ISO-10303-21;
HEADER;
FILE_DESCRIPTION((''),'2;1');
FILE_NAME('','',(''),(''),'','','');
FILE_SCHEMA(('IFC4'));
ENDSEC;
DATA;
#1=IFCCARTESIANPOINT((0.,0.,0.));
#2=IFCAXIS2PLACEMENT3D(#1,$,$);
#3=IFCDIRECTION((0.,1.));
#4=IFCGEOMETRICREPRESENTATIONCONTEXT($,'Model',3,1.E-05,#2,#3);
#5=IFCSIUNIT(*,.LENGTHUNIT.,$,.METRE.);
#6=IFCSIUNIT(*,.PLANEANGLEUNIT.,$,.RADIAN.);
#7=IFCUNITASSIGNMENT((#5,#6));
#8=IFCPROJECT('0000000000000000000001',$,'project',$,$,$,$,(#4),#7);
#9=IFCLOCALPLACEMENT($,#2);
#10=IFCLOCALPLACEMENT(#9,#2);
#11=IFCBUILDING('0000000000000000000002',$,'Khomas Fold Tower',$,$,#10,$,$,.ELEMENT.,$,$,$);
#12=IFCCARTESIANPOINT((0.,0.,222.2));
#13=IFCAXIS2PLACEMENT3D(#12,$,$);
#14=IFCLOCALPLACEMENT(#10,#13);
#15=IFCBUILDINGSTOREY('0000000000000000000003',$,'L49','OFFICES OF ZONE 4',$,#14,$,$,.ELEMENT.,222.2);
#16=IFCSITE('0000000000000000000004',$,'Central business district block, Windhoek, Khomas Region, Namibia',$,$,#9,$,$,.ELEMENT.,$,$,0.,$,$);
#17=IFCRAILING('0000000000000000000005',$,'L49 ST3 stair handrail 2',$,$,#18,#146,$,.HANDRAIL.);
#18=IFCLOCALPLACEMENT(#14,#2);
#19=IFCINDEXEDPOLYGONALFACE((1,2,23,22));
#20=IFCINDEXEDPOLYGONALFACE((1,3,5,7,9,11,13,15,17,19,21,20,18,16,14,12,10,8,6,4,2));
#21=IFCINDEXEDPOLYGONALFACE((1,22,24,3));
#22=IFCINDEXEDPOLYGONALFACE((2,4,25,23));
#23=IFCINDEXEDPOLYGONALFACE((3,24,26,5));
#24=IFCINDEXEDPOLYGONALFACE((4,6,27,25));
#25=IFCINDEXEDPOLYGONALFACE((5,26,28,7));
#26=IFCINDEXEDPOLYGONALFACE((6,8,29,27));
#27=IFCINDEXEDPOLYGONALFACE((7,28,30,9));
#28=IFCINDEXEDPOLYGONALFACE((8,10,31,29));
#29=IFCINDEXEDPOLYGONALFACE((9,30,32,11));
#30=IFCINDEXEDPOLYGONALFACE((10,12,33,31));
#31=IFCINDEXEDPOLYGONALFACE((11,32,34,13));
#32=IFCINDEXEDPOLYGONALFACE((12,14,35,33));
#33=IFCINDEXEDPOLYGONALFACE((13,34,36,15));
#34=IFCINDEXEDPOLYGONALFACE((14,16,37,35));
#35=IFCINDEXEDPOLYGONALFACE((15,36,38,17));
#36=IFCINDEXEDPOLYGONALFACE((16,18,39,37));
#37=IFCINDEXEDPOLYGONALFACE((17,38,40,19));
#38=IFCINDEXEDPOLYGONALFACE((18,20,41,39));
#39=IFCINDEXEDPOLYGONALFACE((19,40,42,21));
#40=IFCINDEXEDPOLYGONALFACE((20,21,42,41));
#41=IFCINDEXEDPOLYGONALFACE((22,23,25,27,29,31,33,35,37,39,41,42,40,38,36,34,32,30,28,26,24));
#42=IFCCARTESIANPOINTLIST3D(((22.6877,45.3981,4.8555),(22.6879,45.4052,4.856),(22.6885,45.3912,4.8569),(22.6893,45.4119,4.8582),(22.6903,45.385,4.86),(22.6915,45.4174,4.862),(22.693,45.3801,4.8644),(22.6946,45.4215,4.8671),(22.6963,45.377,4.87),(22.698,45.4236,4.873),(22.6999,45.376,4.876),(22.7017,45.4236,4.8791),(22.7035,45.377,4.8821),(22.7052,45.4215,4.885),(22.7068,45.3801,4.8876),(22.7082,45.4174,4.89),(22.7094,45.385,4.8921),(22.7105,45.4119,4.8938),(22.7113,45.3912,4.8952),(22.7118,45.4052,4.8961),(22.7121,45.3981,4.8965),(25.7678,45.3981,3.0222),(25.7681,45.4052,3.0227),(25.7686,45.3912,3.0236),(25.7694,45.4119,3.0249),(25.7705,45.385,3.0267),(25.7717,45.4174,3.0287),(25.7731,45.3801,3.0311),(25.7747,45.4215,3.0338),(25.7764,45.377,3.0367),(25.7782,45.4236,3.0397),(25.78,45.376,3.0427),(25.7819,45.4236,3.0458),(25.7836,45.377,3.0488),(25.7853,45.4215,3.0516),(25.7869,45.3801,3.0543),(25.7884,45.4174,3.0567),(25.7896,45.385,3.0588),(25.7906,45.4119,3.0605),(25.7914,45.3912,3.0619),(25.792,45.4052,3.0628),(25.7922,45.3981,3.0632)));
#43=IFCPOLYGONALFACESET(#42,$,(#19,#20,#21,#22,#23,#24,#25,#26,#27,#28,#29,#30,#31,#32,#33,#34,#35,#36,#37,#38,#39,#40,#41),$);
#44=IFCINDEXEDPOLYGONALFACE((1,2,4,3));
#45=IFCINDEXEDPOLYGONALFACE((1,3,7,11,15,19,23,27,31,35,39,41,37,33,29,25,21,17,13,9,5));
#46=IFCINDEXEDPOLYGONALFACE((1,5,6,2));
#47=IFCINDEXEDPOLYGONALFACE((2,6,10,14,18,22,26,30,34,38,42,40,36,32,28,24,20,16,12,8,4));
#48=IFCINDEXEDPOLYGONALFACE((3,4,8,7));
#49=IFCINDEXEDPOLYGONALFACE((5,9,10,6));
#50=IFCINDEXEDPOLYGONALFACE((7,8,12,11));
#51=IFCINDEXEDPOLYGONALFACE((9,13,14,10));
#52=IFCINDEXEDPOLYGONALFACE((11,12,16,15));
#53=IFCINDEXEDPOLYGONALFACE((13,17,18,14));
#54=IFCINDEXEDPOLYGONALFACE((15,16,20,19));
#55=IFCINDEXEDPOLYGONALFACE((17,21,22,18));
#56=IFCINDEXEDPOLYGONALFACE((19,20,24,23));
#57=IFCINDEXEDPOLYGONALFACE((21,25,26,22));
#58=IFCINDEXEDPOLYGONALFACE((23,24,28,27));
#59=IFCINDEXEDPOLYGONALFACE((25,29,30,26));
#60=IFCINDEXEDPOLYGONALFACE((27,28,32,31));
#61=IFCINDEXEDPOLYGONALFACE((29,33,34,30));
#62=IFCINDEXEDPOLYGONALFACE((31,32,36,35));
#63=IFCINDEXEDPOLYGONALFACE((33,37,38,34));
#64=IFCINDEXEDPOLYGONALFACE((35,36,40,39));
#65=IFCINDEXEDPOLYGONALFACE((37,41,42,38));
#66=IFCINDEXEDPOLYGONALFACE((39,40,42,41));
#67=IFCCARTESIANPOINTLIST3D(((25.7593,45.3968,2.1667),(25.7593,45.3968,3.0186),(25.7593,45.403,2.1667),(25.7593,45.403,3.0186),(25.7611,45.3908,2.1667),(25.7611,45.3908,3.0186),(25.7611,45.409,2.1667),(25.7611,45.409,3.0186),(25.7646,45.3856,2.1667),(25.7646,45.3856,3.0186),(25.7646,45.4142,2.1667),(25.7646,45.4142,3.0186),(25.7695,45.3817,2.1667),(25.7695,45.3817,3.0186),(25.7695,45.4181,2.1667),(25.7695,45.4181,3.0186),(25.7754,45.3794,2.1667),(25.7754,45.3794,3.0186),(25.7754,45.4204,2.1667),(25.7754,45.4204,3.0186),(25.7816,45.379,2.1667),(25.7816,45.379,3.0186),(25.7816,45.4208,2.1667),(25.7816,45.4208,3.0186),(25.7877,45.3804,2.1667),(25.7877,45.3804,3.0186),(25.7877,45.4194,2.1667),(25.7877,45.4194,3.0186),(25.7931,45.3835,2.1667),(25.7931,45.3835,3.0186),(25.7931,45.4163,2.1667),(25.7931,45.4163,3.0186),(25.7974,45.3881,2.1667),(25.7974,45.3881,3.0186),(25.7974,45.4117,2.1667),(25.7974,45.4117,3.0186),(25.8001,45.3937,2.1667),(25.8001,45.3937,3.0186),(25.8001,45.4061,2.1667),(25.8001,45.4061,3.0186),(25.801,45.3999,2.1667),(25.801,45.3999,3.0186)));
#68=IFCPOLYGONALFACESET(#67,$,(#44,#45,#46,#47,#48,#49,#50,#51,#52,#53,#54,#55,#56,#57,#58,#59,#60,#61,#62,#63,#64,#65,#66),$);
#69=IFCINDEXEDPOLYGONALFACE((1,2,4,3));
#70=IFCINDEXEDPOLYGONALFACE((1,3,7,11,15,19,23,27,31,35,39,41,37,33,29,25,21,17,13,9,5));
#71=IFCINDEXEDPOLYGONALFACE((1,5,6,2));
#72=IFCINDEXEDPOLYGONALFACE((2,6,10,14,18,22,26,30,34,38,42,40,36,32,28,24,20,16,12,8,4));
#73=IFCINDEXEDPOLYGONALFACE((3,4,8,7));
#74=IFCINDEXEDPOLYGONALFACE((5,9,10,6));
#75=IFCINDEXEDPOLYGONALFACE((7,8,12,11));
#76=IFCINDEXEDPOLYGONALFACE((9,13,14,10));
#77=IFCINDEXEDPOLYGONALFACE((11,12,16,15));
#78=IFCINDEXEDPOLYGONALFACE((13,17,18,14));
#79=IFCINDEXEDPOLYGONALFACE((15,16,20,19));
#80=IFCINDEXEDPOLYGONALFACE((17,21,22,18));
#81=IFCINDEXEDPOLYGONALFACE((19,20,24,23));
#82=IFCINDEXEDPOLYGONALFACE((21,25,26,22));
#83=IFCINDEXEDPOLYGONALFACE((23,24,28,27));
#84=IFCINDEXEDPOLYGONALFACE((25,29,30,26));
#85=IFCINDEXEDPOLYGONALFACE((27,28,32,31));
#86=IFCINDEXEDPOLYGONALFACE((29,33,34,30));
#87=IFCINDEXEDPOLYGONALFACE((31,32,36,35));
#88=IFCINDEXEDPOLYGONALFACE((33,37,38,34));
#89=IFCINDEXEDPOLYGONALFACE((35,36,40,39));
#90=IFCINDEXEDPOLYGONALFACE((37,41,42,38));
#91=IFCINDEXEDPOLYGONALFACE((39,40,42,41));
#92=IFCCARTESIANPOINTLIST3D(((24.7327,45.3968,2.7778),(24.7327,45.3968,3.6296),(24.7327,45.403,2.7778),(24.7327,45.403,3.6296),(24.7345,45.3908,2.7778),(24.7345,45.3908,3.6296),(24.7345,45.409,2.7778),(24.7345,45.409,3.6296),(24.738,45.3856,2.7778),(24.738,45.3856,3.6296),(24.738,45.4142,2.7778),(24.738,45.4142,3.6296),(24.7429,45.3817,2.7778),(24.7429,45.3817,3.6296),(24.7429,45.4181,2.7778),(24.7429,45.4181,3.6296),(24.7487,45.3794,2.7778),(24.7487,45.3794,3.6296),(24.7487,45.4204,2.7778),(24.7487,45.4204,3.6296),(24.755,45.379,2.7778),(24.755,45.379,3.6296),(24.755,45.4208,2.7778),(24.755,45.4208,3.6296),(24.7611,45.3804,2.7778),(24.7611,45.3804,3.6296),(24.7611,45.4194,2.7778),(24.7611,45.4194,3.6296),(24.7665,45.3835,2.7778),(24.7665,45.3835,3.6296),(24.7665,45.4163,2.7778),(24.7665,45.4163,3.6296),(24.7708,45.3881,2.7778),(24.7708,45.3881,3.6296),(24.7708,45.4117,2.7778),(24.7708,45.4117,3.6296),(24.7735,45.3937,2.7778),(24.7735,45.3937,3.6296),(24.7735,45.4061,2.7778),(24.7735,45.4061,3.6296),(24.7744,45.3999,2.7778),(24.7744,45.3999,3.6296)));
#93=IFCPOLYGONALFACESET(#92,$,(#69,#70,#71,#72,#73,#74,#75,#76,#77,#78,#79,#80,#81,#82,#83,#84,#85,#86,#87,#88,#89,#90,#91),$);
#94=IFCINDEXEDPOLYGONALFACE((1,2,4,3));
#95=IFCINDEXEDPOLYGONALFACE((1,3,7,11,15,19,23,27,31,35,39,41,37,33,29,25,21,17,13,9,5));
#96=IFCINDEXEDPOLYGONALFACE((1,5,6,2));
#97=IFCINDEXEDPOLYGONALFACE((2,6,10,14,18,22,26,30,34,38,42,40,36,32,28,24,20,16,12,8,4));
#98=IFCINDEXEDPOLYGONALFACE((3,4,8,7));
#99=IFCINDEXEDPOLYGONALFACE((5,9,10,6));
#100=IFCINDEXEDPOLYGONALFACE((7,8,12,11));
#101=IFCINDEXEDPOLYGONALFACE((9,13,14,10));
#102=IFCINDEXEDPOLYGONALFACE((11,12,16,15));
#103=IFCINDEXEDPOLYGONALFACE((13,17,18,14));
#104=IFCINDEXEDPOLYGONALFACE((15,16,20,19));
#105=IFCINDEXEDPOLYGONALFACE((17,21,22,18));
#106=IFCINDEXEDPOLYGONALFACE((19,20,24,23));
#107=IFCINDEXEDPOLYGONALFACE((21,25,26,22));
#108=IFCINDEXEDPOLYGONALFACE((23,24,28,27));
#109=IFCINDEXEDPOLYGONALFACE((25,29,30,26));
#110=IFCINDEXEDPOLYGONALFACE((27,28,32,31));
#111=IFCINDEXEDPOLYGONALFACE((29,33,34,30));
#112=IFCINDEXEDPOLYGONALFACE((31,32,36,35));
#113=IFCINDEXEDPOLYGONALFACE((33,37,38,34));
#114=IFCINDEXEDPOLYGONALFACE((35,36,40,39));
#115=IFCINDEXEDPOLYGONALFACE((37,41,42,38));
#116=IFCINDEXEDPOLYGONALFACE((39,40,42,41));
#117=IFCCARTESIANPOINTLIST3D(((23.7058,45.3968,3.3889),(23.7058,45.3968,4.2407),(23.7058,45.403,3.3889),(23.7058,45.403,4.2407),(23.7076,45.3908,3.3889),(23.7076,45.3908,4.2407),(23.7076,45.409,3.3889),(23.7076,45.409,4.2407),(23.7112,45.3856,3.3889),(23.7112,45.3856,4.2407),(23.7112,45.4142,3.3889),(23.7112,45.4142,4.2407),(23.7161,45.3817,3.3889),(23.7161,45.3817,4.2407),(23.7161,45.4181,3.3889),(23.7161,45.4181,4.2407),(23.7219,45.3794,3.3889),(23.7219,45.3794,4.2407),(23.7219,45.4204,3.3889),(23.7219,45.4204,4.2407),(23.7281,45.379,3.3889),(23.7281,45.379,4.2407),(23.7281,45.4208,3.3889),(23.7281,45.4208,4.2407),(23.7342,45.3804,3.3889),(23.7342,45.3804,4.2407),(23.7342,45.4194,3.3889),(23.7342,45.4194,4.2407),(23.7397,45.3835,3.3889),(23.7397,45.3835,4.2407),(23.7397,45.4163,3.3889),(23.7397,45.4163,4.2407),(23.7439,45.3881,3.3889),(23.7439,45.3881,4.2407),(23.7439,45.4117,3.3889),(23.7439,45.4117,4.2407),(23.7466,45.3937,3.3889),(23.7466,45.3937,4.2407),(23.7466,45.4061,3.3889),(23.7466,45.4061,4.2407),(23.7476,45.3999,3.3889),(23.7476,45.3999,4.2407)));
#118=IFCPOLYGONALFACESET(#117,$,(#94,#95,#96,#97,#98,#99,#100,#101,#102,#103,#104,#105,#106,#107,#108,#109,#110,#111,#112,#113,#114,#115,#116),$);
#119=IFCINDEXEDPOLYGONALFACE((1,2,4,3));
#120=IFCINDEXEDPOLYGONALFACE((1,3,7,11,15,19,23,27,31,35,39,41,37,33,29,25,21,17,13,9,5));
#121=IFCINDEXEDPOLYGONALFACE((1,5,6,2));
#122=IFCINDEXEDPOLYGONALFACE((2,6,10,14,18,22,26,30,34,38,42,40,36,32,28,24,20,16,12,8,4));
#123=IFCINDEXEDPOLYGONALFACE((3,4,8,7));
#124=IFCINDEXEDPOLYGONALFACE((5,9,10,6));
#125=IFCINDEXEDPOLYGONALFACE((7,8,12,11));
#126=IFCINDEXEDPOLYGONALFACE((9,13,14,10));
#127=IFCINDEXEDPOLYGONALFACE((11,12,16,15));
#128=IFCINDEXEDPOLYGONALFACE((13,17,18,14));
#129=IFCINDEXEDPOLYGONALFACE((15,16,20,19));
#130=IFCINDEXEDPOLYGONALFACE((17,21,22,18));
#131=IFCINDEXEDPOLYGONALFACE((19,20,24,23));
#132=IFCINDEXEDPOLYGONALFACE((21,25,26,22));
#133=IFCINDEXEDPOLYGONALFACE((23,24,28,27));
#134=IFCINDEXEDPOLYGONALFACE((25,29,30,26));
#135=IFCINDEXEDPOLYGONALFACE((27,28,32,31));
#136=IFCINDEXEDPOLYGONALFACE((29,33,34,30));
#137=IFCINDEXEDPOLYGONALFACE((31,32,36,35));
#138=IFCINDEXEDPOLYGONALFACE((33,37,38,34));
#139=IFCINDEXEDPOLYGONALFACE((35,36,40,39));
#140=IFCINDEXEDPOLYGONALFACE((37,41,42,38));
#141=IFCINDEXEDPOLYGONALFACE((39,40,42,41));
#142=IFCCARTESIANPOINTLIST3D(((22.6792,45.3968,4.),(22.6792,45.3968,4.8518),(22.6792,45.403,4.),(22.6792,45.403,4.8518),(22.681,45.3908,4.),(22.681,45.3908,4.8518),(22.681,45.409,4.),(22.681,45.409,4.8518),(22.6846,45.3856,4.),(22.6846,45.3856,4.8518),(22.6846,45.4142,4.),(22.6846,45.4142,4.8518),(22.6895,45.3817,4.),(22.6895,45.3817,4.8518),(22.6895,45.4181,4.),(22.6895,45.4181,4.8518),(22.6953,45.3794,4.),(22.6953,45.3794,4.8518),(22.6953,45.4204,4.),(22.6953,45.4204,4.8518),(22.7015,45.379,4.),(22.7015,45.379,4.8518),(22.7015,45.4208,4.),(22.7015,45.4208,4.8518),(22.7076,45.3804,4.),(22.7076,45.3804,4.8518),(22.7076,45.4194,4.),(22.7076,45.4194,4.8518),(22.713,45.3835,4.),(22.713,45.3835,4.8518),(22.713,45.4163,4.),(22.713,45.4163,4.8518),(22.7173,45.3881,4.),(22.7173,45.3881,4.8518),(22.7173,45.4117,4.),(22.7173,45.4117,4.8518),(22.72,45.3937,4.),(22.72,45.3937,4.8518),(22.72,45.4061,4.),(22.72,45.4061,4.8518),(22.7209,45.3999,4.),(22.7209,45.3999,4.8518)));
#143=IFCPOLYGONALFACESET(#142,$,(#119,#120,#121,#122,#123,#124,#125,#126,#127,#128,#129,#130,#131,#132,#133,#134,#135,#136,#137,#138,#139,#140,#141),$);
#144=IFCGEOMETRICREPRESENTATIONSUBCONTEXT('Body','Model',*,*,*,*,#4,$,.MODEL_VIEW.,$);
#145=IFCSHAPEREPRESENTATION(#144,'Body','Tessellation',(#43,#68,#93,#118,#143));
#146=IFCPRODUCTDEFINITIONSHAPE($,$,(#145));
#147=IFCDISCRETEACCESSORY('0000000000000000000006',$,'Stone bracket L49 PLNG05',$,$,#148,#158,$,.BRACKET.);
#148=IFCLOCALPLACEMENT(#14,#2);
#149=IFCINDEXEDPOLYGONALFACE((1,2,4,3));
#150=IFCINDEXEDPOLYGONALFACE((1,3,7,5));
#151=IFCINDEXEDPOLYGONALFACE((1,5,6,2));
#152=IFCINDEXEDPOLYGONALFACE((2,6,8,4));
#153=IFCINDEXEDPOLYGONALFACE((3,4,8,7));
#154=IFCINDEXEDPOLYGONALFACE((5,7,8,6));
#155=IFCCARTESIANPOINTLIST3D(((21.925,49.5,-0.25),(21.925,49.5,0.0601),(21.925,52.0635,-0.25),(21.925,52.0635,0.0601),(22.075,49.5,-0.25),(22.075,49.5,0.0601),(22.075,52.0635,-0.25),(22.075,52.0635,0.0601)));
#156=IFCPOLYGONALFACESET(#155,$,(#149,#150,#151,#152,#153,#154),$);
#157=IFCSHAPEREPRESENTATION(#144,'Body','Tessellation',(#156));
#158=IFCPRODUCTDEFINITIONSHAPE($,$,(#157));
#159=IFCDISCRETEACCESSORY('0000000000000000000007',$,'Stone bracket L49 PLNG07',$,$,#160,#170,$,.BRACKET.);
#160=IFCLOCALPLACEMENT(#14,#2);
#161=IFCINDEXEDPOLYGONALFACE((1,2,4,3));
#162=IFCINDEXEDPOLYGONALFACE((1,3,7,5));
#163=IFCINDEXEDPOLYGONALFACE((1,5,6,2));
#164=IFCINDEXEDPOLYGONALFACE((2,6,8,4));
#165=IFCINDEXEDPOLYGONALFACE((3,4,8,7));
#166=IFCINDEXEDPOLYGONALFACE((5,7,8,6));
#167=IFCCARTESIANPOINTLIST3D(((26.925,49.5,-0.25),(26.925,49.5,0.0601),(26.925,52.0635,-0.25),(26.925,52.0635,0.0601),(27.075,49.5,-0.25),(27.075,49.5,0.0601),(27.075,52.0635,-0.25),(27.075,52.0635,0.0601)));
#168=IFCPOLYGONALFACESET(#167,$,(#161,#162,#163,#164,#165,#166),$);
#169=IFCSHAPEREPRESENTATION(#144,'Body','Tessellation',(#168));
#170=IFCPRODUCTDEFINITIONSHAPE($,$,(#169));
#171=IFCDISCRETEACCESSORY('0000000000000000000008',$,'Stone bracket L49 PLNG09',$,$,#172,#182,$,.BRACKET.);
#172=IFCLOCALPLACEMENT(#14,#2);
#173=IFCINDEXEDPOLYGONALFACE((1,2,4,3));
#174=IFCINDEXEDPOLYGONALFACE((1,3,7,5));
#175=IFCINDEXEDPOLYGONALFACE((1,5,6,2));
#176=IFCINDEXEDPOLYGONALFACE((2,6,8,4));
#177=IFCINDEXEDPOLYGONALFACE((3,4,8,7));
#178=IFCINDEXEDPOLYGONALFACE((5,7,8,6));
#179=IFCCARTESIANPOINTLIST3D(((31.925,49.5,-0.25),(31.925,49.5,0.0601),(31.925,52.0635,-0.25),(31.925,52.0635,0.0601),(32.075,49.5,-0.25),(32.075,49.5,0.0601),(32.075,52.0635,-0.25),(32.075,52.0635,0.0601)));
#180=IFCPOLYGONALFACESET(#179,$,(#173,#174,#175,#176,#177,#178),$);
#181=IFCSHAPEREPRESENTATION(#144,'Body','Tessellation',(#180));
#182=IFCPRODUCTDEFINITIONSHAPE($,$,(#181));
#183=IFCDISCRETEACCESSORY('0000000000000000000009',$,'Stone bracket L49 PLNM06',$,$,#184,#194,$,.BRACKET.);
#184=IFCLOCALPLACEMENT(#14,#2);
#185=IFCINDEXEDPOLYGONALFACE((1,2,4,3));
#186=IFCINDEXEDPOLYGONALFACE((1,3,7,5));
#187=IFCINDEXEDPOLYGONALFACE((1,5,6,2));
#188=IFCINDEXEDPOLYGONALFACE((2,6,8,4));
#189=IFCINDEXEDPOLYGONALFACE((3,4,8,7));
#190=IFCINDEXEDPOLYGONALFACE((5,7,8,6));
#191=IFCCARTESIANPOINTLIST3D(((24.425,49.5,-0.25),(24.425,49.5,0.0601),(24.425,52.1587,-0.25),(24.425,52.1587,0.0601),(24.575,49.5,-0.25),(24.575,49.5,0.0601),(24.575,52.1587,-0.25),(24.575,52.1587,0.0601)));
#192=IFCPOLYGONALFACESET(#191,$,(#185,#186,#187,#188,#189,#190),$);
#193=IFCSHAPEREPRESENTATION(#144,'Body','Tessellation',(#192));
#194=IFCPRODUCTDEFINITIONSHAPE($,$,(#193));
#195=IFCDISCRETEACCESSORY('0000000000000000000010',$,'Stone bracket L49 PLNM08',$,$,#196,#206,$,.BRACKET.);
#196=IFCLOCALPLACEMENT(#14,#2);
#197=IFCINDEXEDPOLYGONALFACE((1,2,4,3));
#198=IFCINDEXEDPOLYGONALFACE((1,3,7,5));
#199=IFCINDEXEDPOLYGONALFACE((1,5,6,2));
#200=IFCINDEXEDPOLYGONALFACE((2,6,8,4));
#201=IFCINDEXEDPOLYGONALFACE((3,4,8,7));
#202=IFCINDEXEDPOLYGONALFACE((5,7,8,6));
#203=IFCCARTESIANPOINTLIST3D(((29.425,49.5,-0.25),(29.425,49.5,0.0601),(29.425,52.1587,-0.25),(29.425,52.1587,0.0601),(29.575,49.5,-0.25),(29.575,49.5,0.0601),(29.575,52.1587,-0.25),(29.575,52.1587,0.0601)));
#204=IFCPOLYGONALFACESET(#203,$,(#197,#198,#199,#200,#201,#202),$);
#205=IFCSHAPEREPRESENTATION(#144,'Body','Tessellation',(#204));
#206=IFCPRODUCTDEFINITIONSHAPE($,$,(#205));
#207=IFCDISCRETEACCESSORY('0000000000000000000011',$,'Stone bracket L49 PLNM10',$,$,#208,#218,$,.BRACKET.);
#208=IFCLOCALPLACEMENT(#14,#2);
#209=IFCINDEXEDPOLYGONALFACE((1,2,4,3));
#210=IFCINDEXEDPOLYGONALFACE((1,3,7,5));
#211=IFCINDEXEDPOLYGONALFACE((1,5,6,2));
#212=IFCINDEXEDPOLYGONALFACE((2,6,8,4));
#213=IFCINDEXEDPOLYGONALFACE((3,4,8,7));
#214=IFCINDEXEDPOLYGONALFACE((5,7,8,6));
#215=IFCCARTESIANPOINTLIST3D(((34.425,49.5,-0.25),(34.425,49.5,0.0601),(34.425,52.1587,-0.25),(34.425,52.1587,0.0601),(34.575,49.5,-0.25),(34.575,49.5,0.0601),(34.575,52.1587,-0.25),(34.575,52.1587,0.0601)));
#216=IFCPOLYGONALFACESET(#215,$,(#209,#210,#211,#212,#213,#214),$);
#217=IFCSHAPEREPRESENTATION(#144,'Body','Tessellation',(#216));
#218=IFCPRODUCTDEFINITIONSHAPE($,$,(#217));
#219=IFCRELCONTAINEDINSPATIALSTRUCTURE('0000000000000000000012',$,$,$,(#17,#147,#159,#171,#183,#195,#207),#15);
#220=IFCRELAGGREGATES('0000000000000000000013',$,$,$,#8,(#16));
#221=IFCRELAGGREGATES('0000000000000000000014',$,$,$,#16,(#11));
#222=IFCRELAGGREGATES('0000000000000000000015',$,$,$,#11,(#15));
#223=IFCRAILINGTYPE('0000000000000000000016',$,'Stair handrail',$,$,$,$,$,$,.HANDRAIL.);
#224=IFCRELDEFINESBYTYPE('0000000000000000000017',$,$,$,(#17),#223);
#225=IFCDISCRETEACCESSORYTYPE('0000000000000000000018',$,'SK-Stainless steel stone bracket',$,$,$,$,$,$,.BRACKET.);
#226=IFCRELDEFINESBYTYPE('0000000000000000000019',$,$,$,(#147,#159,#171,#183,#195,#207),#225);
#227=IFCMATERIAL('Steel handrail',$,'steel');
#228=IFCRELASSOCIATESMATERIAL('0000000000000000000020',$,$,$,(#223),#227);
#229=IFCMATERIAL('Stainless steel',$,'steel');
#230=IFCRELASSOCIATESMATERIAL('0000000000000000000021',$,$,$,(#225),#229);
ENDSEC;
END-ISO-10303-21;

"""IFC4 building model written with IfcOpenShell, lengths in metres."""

from ifc_helpers import new_model, si_unit, direction, frame, origin, origin_2d, place, context, subcontext, project, spatial, rectangle, circle, extrude, source, transform, mapped, material, type_object, element, save


model = new_model("IFC4")

# Units and contexts
model_context = context("Model", 3, precision=1e-05, world=origin(), true_north=direction((0.0, 1.0)))
body_context = subcontext(model_context, "Body", "Model", "MODEL_VIEW")
ifc_project = project(units=[si_unit("LENGTHUNIT", "METRE"), si_unit("PLANEANGLEUNIT", "RADIAN")], contexts=[model_context])

# Site, building, storey
site_placement = place(None, origin())
site = spatial("IfcSite", under=ifc_project, at=site_placement, Name="Central business district block, Windhoek, Khomas Region, Namibia", CompositionType="ELEMENT", RefElevation=0.0)
building_placement = place(site_placement, origin())
building = spatial("IfcBuilding", under=site, at=building_placement, Name="Khomas Fold Tower", CompositionType="ELEMENT")
storey_placement = place(building_placement, frame((0.0, 0.0, 222.2)))
storey = spatial("IfcBuildingStorey", under=building, at=storey_placement, Name="L49", Description="OFFICES OF ZONE 4", CompositionType="ELEMENT", Elevation=222.2)

# Railing
ifc_material_1 = material(Name="Steel handrail", Category="steel")
railing_type = type_object("IfcRailingType", Name="Stair handrail", PredefinedType="HANDRAIL", material=ifc_material_1)
shared_shape_1 = source(origin(), body_context, "Body", "SweptSolid", [
    extrude(circle(Radius=0.0239, at=origin_2d()), frame((0.0, 0.0, 0.876), z_axis=(-0.859309, 0.0, 0.511458), x_axis=(0.0, -1.0, 0.0)), (0.0, 0.0, 1.0), 3.5845),
    extrude(circle(Radius=0.021, at=origin_2d()), origin(), (0.0, 0.0, 1.0), 0.8518),
    extrude(circle(Radius=0.021, at=origin_2d()), frame((-1.0266, 0.0, 0.6111)), (0.0, 0.0, 1.0), 0.8518),
    extrude(circle(Radius=0.021, at=origin_2d()), frame((-2.0535, 0.0, 1.2222)), (0.0, 0.0, 1.0), 0.8518),
    extrude(circle(Radius=0.021, at=origin_2d()), frame((-3.0801, 0.0, 1.8333)), (0.0, 0.0, 1.0), 0.8518),
])
railing_placement = place(storey_placement, frame((25.78, 45.3999, 2.1667)))
element("IfcRailing", 1, at=railing_placement, inside=storey, type_object=railing_type, Name="L49 ST3 stair handrail 2", PredefinedType="HANDRAIL", context=body_context, shape_type="MappedRepresentation", body=[
    mapped(shared_shape_1, transform((0.0, 0.0, 0.0))),
])

# Discrete accessories
ifc_material_2 = material(Name="Stainless steel", Category="steel")
discrete_accessory_type = type_object("IfcDiscreteAccessoryType", Name="SK-Stainless steel stone bracket", PredefinedType="BRACKET", material=ifc_material_2)
shared_shape_2 = source(origin(), body_context, "Body", "SweptSolid", [
    extrude(rectangle(XDim=2.5635, YDim=0.1499, at=origin_2d()), origin(), (0.0, 0.0, 1.0), 0.3101),
])
for number, where, z_axis, x_axis, name in (
    (2, (22.0, 50.7817, -0.25), (0.0, 0.0, 1.0), (0.0, 1.0, 0.0), "Stone bracket L49 PLNG05"),
    (3, (27.0, 50.7817, -0.25), (0.0, 0.0, 1.0), (0.0, 1.0, 0.0), "Stone bracket L49 PLNG07"),
    (4, (32.0, 50.7817, -0.25), (0.0, 0.0, 1.0), (0.0, 1.0, 0.0), "Stone bracket L49 PLNG09"),
):
    element("IfcDiscreteAccessory", number, at=place(storey_placement, frame(where, z_axis=z_axis, x_axis=x_axis)), inside=storey, type_object=discrete_accessory_type, Name=name, PredefinedType="BRACKET", context=body_context, shape_type="MappedRepresentation", body=[
        mapped(shared_shape_2, transform((0.0, 0.0, 0.0))),
    ])
shared_shape_3 = source(origin(), body_context, "Body", "SweptSolid", [
    extrude(rectangle(XDim=2.6587, YDim=0.1499, at=origin_2d()), origin(), (0.0, 0.0, 1.0), 0.3101),
])
for number, where, z_axis, x_axis, name in (
    (5, (24.5, 50.8293, -0.25), (0.0, 0.0, 1.0), (0.0, 1.0, 0.0), "Stone bracket L49 PLNM06"),
    (6, (29.5, 50.8293, -0.25), (0.0, 0.0, 1.0), (0.0, 1.0, 0.0), "Stone bracket L49 PLNM08"),
    (7, (34.5, 50.8293, -0.25), (0.0, 0.0, 1.0), (0.0, 1.0, 0.0), "Stone bracket L49 PLNM10"),
):
    element("IfcDiscreteAccessory", number, at=place(storey_placement, frame(where, z_axis=z_axis, x_axis=x_axis)), inside=storey, type_object=discrete_accessory_type, Name=name, PredefinedType="BRACKET", context=body_context, shape_type="MappedRepresentation", body=[
        mapped(shared_shape_3, transform((0.0, 0.0, 0.0))),
    ])

save(model, "model.ifc")
